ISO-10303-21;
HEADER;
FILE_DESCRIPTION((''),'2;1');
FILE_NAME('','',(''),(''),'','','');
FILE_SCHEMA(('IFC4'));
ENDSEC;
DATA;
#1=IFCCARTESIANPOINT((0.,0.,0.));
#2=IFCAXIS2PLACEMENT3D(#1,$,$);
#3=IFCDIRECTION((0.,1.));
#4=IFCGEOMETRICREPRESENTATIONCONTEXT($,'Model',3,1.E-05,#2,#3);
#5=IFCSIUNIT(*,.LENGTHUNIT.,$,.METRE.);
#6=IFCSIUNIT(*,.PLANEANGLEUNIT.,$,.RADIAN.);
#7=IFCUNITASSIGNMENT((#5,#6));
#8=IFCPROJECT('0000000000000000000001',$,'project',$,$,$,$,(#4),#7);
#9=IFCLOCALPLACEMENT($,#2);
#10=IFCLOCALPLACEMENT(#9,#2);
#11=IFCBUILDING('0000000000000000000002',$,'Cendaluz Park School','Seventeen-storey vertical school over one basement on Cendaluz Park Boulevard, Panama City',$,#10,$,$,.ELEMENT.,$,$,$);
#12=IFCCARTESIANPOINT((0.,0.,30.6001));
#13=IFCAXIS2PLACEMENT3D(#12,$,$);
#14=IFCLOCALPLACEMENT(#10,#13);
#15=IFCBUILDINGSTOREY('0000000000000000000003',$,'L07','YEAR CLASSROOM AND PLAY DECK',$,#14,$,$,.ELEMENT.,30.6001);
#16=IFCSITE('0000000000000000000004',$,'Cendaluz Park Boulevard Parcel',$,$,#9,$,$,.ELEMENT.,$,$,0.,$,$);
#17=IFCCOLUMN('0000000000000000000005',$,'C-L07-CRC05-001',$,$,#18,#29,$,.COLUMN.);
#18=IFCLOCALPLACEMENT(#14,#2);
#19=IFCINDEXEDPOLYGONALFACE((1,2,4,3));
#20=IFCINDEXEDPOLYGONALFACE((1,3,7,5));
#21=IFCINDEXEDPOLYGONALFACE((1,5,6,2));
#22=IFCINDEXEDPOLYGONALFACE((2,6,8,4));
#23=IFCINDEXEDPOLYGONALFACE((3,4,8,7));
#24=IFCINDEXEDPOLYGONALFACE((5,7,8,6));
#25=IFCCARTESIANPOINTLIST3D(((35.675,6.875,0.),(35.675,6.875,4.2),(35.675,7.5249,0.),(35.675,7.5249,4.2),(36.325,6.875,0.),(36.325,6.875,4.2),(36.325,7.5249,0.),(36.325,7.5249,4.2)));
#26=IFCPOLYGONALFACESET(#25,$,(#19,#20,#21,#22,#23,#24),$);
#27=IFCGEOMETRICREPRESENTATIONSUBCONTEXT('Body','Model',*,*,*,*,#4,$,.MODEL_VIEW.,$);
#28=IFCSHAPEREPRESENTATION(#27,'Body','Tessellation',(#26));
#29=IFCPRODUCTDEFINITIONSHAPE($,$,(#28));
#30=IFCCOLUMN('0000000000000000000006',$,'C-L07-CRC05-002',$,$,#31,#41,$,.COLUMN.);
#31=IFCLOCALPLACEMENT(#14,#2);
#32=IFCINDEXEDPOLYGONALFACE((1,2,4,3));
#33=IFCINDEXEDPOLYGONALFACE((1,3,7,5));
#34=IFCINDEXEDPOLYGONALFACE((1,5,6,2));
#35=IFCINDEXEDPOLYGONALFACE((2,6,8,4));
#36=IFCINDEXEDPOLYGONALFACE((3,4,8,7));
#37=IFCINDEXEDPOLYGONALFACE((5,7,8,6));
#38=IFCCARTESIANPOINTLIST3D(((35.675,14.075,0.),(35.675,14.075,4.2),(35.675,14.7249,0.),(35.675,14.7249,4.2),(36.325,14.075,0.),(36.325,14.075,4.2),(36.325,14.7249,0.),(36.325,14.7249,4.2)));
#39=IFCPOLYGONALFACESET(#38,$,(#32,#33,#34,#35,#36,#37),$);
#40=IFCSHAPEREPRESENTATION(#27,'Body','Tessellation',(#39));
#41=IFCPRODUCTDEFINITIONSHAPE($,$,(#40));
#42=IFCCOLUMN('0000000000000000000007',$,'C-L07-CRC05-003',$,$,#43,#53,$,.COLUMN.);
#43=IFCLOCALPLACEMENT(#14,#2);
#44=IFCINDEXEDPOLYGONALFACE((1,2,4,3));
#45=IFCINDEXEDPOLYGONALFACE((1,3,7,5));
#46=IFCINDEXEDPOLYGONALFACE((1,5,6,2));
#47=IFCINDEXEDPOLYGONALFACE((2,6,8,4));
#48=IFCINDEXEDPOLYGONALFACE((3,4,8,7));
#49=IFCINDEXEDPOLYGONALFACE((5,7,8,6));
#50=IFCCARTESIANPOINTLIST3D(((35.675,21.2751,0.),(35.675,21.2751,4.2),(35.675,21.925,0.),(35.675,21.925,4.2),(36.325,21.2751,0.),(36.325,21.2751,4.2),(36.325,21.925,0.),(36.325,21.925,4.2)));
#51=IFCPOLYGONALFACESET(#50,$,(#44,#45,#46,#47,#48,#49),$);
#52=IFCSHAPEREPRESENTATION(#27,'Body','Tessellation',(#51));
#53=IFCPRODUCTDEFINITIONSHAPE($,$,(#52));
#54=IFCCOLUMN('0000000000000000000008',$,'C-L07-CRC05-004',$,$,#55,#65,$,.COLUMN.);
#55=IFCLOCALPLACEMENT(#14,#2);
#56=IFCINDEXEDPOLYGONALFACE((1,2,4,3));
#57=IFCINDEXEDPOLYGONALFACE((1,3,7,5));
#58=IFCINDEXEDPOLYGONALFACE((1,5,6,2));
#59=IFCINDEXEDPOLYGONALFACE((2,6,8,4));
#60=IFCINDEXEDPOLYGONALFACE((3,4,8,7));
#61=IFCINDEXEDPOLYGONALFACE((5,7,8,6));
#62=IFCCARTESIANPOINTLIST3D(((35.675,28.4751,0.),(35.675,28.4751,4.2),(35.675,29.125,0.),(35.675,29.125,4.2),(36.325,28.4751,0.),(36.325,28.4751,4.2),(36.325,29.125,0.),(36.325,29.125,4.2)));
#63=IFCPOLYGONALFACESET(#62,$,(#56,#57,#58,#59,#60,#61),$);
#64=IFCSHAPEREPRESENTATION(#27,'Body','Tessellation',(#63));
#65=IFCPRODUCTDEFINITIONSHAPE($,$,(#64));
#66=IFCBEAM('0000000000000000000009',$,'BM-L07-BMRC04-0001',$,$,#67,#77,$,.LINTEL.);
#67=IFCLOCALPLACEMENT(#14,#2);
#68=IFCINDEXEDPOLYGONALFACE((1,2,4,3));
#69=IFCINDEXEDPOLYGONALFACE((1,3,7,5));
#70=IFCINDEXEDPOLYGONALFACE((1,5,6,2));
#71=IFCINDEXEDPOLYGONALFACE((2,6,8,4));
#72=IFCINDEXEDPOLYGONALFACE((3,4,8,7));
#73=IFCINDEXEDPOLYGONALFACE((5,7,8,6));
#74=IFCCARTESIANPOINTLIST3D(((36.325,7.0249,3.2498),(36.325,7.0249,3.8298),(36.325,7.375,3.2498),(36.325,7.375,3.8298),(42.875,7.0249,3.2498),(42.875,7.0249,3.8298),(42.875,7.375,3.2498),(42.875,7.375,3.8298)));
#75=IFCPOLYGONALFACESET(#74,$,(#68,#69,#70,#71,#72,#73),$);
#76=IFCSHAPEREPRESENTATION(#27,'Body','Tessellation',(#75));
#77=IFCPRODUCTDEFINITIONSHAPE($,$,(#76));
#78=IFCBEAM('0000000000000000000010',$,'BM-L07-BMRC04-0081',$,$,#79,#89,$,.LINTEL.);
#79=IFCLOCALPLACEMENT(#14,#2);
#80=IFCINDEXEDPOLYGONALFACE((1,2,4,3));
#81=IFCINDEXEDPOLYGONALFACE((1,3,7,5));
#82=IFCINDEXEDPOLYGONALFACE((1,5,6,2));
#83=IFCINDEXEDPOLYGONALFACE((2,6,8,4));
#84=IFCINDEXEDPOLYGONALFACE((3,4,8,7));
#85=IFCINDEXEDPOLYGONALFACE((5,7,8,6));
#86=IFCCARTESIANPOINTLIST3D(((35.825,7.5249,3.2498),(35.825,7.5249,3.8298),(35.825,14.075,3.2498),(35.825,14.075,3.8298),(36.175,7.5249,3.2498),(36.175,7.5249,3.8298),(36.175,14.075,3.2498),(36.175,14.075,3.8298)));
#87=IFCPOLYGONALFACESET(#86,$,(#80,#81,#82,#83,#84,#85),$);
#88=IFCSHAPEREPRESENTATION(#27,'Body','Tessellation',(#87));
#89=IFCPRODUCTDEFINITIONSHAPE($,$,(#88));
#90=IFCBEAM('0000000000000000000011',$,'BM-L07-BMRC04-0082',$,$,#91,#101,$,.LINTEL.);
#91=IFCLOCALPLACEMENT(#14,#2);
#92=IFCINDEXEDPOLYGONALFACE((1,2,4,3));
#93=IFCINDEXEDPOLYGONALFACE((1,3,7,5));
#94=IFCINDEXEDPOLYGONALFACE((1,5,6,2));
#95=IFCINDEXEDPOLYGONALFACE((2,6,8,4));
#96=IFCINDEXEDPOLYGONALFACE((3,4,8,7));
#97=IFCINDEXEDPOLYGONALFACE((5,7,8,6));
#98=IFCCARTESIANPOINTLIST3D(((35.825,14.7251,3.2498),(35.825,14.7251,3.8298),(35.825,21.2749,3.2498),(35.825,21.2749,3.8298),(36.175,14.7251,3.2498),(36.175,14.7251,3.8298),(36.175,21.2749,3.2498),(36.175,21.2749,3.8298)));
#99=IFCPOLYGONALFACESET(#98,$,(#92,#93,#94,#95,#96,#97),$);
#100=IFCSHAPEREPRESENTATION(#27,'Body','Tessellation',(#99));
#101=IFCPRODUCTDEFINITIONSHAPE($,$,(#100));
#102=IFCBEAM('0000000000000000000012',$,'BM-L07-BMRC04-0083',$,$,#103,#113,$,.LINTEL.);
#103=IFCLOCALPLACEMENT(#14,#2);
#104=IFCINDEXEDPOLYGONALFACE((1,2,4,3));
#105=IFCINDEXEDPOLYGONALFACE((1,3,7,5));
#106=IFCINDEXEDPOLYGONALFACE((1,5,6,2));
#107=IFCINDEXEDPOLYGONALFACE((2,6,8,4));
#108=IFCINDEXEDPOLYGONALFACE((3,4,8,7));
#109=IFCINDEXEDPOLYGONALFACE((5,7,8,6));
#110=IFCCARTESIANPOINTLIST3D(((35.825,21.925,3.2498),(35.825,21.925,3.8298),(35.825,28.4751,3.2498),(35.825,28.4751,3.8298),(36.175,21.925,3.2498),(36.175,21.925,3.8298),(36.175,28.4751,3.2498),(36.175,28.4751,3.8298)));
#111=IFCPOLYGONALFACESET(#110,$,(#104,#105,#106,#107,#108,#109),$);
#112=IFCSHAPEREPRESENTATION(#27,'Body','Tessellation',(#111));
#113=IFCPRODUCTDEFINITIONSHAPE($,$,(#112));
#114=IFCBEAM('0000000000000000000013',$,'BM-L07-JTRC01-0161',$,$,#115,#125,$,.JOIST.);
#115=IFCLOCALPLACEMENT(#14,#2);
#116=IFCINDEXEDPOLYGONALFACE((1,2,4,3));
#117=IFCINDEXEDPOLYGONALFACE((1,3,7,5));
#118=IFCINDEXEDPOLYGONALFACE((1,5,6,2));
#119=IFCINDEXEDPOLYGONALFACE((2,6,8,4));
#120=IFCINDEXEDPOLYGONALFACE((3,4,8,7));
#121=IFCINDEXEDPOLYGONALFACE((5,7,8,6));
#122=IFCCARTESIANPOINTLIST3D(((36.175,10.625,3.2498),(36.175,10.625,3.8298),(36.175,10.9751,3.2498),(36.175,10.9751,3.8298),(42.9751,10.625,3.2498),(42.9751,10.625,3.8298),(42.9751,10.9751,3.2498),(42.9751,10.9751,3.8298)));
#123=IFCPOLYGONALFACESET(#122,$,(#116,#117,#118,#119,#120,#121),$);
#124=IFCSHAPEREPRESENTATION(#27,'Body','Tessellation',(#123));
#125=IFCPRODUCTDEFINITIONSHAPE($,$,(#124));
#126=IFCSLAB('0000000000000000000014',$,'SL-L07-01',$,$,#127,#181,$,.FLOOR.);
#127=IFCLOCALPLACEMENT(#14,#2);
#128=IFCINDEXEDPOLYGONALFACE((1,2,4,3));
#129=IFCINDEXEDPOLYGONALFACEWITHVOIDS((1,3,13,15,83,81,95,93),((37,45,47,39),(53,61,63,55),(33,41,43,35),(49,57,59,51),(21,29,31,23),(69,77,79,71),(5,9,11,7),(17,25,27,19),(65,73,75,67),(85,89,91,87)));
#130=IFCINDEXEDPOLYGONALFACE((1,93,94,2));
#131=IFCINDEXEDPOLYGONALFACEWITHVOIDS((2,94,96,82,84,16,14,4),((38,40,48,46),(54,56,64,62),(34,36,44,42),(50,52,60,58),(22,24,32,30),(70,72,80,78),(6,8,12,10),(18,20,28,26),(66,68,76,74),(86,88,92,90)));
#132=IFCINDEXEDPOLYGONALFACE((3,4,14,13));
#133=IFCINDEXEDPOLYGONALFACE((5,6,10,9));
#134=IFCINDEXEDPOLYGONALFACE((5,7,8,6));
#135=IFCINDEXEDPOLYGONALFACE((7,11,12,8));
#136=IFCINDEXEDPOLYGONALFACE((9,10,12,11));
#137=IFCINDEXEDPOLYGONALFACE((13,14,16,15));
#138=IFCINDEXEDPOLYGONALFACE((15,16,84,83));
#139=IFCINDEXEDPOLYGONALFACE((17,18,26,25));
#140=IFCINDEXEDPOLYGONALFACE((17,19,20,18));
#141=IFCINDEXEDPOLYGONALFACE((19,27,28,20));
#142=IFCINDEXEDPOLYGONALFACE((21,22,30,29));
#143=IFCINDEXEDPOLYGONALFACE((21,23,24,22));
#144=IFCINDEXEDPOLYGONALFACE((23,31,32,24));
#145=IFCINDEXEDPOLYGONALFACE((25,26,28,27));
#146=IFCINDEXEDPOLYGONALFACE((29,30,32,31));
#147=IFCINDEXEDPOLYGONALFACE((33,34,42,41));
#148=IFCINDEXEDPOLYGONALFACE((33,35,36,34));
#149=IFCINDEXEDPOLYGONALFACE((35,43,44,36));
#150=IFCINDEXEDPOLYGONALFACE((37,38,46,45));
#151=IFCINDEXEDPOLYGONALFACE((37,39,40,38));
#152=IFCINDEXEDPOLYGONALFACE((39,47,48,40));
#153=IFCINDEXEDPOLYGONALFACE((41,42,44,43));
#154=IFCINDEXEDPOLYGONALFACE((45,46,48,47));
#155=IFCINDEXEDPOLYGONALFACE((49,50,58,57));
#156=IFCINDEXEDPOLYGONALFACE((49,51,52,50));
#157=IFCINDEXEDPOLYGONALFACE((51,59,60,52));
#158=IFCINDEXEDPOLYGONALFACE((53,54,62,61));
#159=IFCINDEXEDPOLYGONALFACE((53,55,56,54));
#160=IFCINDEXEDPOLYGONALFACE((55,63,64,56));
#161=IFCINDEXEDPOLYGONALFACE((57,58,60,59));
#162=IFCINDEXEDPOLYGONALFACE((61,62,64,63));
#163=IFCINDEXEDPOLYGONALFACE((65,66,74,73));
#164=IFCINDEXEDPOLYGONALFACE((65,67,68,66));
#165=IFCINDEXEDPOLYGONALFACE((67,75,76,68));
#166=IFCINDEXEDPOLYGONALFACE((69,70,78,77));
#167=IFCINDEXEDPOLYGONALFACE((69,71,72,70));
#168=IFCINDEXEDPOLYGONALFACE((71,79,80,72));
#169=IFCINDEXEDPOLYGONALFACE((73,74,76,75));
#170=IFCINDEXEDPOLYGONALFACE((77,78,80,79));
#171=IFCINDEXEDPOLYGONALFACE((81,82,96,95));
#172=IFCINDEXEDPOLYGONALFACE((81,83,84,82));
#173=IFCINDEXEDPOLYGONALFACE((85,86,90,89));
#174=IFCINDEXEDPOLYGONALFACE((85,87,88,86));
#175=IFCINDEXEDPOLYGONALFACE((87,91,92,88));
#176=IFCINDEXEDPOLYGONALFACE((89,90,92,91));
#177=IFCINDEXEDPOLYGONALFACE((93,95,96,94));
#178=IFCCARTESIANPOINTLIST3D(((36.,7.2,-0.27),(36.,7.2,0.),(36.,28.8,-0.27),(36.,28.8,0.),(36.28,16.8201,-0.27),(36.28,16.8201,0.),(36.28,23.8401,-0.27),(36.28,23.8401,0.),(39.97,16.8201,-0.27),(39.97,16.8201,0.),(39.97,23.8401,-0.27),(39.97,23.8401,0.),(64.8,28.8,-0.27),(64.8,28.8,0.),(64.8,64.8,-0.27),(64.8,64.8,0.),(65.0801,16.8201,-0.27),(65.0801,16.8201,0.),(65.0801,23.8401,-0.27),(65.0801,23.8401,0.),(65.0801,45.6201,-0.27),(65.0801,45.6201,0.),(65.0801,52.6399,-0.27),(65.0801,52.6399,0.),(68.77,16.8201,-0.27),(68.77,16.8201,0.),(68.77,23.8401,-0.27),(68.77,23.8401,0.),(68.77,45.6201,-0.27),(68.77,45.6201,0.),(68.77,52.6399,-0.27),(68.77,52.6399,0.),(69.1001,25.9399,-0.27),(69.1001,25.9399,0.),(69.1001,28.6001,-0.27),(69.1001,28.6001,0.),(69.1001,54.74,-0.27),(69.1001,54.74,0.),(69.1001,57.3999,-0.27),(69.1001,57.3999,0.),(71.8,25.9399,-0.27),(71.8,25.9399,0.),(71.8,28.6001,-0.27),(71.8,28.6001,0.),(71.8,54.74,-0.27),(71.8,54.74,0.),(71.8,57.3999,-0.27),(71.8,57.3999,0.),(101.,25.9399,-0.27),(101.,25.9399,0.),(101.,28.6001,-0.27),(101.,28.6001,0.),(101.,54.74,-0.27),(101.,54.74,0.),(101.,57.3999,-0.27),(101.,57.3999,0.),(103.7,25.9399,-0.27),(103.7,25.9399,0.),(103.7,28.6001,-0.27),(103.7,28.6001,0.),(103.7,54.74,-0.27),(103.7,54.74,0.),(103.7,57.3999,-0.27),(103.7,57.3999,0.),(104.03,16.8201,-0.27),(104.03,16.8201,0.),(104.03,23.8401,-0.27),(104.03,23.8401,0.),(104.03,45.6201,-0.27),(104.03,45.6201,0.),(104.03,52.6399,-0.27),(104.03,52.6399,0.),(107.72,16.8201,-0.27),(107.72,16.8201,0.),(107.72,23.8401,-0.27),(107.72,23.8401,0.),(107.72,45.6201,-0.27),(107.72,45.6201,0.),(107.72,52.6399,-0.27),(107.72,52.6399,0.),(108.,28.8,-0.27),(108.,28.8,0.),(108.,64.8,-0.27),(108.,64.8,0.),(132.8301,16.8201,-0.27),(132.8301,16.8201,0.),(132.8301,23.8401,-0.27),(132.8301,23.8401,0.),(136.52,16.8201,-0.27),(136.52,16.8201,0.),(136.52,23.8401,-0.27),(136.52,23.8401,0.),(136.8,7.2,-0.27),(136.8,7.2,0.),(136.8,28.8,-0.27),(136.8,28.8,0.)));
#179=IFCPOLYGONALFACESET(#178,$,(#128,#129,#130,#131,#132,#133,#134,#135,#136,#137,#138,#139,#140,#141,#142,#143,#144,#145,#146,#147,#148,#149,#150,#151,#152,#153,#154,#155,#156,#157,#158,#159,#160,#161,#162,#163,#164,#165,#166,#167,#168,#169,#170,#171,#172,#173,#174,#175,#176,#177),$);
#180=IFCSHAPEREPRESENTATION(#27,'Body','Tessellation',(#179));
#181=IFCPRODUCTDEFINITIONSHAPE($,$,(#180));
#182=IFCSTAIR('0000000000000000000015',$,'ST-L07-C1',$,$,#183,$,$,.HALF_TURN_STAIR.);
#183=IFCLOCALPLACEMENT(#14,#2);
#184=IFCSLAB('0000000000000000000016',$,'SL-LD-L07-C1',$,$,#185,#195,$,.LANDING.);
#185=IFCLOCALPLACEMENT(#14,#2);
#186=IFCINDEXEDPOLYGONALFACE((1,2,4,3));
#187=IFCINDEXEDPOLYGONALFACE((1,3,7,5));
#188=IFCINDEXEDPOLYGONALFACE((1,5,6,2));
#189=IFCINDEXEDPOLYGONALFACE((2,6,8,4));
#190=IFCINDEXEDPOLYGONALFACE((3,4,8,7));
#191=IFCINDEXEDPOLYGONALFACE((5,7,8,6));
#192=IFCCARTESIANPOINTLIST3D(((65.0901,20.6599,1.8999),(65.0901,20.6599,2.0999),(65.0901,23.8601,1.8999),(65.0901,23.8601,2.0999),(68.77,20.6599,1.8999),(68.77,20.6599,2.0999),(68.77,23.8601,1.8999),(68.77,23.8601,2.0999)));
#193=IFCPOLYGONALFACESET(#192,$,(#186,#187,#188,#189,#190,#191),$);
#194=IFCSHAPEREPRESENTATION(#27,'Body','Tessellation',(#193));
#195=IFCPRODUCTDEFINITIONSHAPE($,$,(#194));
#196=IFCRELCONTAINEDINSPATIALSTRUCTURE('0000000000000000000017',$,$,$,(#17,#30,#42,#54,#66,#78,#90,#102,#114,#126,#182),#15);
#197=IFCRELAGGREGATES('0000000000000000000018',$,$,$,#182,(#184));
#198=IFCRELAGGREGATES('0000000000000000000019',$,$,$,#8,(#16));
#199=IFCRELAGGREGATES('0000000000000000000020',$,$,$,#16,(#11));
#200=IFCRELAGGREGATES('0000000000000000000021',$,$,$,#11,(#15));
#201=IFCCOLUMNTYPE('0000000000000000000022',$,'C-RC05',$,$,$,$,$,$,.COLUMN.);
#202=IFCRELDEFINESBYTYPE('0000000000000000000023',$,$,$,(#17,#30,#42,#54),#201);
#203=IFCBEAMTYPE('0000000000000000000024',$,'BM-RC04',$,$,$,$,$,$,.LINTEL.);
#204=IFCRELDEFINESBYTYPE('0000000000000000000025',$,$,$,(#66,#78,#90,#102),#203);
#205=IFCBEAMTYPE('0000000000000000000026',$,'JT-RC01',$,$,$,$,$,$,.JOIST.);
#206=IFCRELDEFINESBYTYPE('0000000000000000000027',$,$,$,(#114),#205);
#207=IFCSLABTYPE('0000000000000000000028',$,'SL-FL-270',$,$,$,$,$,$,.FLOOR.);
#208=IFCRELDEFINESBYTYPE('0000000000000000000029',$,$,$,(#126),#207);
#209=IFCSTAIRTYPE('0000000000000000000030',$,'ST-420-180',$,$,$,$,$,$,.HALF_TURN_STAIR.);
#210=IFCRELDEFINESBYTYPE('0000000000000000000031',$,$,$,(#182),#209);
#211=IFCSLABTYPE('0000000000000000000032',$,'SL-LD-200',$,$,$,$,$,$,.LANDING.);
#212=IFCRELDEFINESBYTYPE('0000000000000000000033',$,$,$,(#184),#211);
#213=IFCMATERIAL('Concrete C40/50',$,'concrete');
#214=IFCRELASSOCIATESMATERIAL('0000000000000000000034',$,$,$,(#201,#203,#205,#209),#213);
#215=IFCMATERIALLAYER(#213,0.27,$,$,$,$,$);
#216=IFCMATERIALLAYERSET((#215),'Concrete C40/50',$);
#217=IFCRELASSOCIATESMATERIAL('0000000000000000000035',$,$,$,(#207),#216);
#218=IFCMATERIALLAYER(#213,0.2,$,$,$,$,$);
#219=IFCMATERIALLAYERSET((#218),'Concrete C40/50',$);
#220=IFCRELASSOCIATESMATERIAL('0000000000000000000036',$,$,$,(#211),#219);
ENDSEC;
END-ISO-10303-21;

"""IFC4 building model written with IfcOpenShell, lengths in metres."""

from ifc_helpers import new_model, si_unit, direction, frame, origin, origin_2d, place, context, subcontext, project, spatial, polyline, rectangle, outline, extrude, material, layer, layer_set, material_profile, profile_set, type_object, element, aggregate, save


model = new_model("IFC4")

# Units and contexts
model_context = context("Model", 3, precision=1e-05, world=origin(), true_north=direction((0.0, 1.0)))
body_context = subcontext(model_context, "Body", "Model", "MODEL_VIEW")
ifc_project = project(units=[si_unit("LENGTHUNIT", "METRE"), si_unit("PLANEANGLEUNIT", "RADIAN")], contexts=[model_context])

# Site, building, storey
site_placement = place(None, origin())
site = spatial("IfcSite", under=ifc_project, at=site_placement, Name="Cendaluz Park Boulevard Parcel", CompositionType="ELEMENT", RefElevation=0.0)
building_placement = place(site_placement, origin())
building = spatial("IfcBuilding", under=site, at=building_placement, Name="Cendaluz Park School", Description="Seventeen-storey vertical school over one basement on Cendaluz Park Boulevard, Panama City", CompositionType="ELEMENT")
storey_placement = place(building_placement, frame((0.0, 0.0, 30.6001)))
storey = spatial("IfcBuildingStorey", under=building, at=storey_placement, Name="L07", Description="YEAR CLASSROOM AND PLAY DECK", CompositionType="ELEMENT", Elevation=30.6001)

# Columns
ifc_material_1 = material(Name="Concrete C40/50", Category="concrete")
ifc_material_profile_1 = material_profile(ifc_material_1, rectangle(XDim=0.6499, YDim=0.6499, at=origin_2d()), Name="RC 650x650", Category="concrete")
ifc_profile_set_1 = profile_set([ifc_material_profile_1], Name="Concrete C40/50")
column_type = type_object("IfcColumnType", Name="C-RC05", PredefinedType="COLUMN", material=ifc_profile_set_1)
for number, where, z_axis, x_axis, name in (
    (1, (36.0, 7.2, 0.0), (0.0, 0.0, 1.0), (1.0, 0.0, 0.0), "C-L07-CRC05-001"),
    (2, (36.0, 14.3999, 0.0), (0.0, 0.0, 1.0), (1.0, 0.0, 0.0), "C-L07-CRC05-002"),
    (3, (36.0, 21.6001, 0.0), (0.0, 0.0, 1.0), (1.0, 0.0, 0.0), "C-L07-CRC05-003"),
    (4, (36.0, 28.8, 0.0), (0.0, 0.0, 1.0), (1.0, 0.0, 0.0), "C-L07-CRC05-004"),
):
    element("IfcColumn", number, at=place(storey_placement, frame(where, z_axis=z_axis, x_axis=x_axis)), inside=storey, type_object=column_type, Name=name, PredefinedType="COLUMN", context=body_context, shape_type="SweptSolid", body=[
        extrude(rectangle(XDim=0.6499, YDim=0.6499, at=origin_2d()), origin(), (0.0, 0.0, 1.0), 4.2),
    ])

# Beams
ifc_material_profile_2 = material_profile(ifc_material_1, rectangle(XDim=0.3501, YDim=0.5801, at=origin_2d()), Name="RC 350x580", Category="concrete")
ifc_profile_set_2 = profile_set([ifc_material_profile_2], Name="Concrete C40/50")
beam_type_1 = type_object("IfcBeamType", Name="BM-RC04", PredefinedType="LINTEL", material=ifc_profile_set_2)
for number, where, z_axis, x_axis, name in (
    (5, (36.325, 7.2, 3.5398), (1.0, 0.0, 0.0), (0.0, 1.0, 0.0), "BM-L07-BMRC04-0001"),
    (6, (36.0, 7.5249, 3.5398), (0.0, 1.0, 0.0), (-1.0, 0.0, 0.0), "BM-L07-BMRC04-0081"),
):
    element("IfcBeam", number, at=place(storey_placement, frame(where, z_axis=z_axis, x_axis=x_axis)), inside=storey, type_object=beam_type_1, Name=name, PredefinedType="LINTEL", context=body_context, shape_type="SweptSolid", body=[
        extrude(rectangle(XDim=0.3501, YDim=0.5801, at=origin_2d()), origin(), (0.0, 0.0, 1.0), 6.55),
    ])
beam_1_placement = place(storey_placement, frame((36.0, 14.7251, 3.5398), z_axis=(0.0, 1.0, 0.0), x_axis=(-1.0, 0.0, 0.0)))
element("IfcBeam", 7, at=beam_1_placement, inside=storey, type_object=beam_type_1, Name="BM-L07-BMRC04-0082", PredefinedType="LINTEL", context=body_context, shape_type="SweptSolid", body=[
    extrude(rectangle(XDim=0.3501, YDim=0.5801, at=origin_2d()), origin(), (0.0, 0.0, 1.0), 6.5498),
])
beam_2_placement = place(storey_placement, frame((36.0, 21.925, 3.5398), z_axis=(0.0, 1.0, 0.0), x_axis=(-1.0, 0.0, 0.0)))
element("IfcBeam", 8, at=beam_2_placement, inside=storey, type_object=beam_type_1, Name="BM-L07-BMRC04-0083", PredefinedType="LINTEL", context=body_context, shape_type="SweptSolid", body=[
    extrude(rectangle(XDim=0.3501, YDim=0.5801, at=origin_2d()), origin(), (0.0, 0.0, 1.0), 6.55),
])
ifc_material_profile_3 = material_profile(ifc_material_1, rectangle(XDim=0.3501, YDim=0.5801, at=origin_2d()), Name="RC 350x580", Category="concrete")
ifc_profile_set_3 = profile_set([ifc_material_profile_3], Name="Concrete C40/50")
beam_type_2 = type_object("IfcBeamType", Name="JT-RC01", PredefinedType="JOIST", material=ifc_profile_set_3)
beam_3_placement = place(storey_placement, frame((36.175, 10.8, 3.5398), z_axis=(1.0, 0.0, 0.0), x_axis=(0.0, 1.0, 0.0)))
element("IfcBeam", 9, at=beam_3_placement, inside=storey, type_object=beam_type_2, Name="BM-L07-JTRC01-0161", PredefinedType="JOIST", context=body_context, shape_type="SweptSolid", body=[
    extrude(rectangle(XDim=0.3501, YDim=0.5801, at=origin_2d()), origin(), (0.0, 0.0, 1.0), 6.8),
])

# Slab
ifc_layer_1 = layer(ifc_material_1, 0.27)
ifc_layer_set_1 = layer_set([ifc_layer_1], Name="Concrete C40/50")
slab_type_1 = type_object("IfcSlabType", Name="SL-FL-270", PredefinedType="FLOOR", material=ifc_layer_set_1)
slab_1_placement = place(storey_placement, frame((0.0, 0.0, -0.27)))
element("IfcSlab", 10, at=slab_1_placement, inside=storey, type_object=slab_type_1, Name="SL-L07-01", PredefinedType="FLOOR", context=body_context, shape_type="SweptSolid", body=[
    extrude(outline(polyline([(64.8, 64.8), (108.0, 64.8), (108.0, 28.8), (136.8, 28.8), (136.8, 7.2), (36.0, 7.2), (36.0, 28.8), (64.8, 28.8), (64.8, 64.8)]), holes=[polyline([(65.0801, 23.8401), (65.0801, 16.8201), (68.77, 16.8201), (68.77, 23.8401), (65.0801, 23.8401)]), polyline([(71.8, 28.6001), (69.1001, 28.6001), (69.1001, 25.9399), (71.8, 25.9399), (71.8, 28.6001)]), polyline([(107.72, 16.8201), (107.72, 23.8401), (104.03, 23.8401), (104.03, 16.8201), (107.72, 16.8201)]), polyline([(101.0, 25.9399), (103.7, 25.9399), (103.7, 28.6001), (101.0, 28.6001), (101.0, 25.9399)]), polyline([(65.0801, 52.6399), (65.0801, 45.6201), (68.77, 45.6201), (68.77, 52.6399), (65.0801, 52.6399)]), polyline([(71.8, 57.3999), (69.1001, 57.3999), (69.1001, 54.74), (71.8, 54.74), (71.8, 57.3999)]), polyline([(107.72, 45.6201), (107.72, 52.6399), (104.03, 52.6399), (104.03, 45.6201), (107.72, 45.6201)]), polyline([(101.0, 54.74), (103.7, 54.74), (103.7, 57.3999), (101.0, 57.3999), (101.0, 54.74)]), polyline([(36.28, 23.8401), (36.28, 16.8201), (39.97, 16.8201), (39.97, 23.8401), (36.28, 23.8401)]), polyline([(136.52, 23.8401), (132.8301, 23.8401), (132.8301, 16.8201), (136.52, 16.8201), (136.52, 23.8401)])]), origin(), (0.0, 0.0, 1.0), 0.27),
])

# Stair, slab
stair_type = type_object("IfcStairType", Name="ST-420-180", PredefinedType="HALF_TURN_STAIR", material=ifc_material_1)
stair_1_placement = place(storey_placement, origin())
stair_1 = element("IfcStair", 11, at=stair_1_placement, inside=storey, type_object=stair_type, Name="ST-L07-C1", PredefinedType="HALF_TURN_STAIR")
ifc_layer_2 = layer(ifc_material_1, 0.2)
ifc_layer_set_2 = layer_set([ifc_layer_2], Name="Concrete C40/50")
slab_type_2 = type_object("IfcSlabType", Name="SL-LD-200", PredefinedType="LANDING", material=ifc_layer_set_2)
slab_2_placement = place(storey_placement, frame((0.0, 0.0, 1.8999)))
slab_2 = element("IfcSlab", 12, at=slab_2_placement, type_object=slab_type_2, Name="SL-LD-L07-C1", PredefinedType="LANDING", context=body_context, shape_type="SweptSolid", body=[
    extrude(outline(polyline([(65.0901, 20.6599), (68.77, 20.6599), (68.77, 23.8601), (65.0901, 23.8601), (65.0901, 20.6599)])), origin(), (0.0, 0.0, 1.0), 0.2),
])
aggregate(stair_1, [slab_2])

save(model, "model.ifc")
